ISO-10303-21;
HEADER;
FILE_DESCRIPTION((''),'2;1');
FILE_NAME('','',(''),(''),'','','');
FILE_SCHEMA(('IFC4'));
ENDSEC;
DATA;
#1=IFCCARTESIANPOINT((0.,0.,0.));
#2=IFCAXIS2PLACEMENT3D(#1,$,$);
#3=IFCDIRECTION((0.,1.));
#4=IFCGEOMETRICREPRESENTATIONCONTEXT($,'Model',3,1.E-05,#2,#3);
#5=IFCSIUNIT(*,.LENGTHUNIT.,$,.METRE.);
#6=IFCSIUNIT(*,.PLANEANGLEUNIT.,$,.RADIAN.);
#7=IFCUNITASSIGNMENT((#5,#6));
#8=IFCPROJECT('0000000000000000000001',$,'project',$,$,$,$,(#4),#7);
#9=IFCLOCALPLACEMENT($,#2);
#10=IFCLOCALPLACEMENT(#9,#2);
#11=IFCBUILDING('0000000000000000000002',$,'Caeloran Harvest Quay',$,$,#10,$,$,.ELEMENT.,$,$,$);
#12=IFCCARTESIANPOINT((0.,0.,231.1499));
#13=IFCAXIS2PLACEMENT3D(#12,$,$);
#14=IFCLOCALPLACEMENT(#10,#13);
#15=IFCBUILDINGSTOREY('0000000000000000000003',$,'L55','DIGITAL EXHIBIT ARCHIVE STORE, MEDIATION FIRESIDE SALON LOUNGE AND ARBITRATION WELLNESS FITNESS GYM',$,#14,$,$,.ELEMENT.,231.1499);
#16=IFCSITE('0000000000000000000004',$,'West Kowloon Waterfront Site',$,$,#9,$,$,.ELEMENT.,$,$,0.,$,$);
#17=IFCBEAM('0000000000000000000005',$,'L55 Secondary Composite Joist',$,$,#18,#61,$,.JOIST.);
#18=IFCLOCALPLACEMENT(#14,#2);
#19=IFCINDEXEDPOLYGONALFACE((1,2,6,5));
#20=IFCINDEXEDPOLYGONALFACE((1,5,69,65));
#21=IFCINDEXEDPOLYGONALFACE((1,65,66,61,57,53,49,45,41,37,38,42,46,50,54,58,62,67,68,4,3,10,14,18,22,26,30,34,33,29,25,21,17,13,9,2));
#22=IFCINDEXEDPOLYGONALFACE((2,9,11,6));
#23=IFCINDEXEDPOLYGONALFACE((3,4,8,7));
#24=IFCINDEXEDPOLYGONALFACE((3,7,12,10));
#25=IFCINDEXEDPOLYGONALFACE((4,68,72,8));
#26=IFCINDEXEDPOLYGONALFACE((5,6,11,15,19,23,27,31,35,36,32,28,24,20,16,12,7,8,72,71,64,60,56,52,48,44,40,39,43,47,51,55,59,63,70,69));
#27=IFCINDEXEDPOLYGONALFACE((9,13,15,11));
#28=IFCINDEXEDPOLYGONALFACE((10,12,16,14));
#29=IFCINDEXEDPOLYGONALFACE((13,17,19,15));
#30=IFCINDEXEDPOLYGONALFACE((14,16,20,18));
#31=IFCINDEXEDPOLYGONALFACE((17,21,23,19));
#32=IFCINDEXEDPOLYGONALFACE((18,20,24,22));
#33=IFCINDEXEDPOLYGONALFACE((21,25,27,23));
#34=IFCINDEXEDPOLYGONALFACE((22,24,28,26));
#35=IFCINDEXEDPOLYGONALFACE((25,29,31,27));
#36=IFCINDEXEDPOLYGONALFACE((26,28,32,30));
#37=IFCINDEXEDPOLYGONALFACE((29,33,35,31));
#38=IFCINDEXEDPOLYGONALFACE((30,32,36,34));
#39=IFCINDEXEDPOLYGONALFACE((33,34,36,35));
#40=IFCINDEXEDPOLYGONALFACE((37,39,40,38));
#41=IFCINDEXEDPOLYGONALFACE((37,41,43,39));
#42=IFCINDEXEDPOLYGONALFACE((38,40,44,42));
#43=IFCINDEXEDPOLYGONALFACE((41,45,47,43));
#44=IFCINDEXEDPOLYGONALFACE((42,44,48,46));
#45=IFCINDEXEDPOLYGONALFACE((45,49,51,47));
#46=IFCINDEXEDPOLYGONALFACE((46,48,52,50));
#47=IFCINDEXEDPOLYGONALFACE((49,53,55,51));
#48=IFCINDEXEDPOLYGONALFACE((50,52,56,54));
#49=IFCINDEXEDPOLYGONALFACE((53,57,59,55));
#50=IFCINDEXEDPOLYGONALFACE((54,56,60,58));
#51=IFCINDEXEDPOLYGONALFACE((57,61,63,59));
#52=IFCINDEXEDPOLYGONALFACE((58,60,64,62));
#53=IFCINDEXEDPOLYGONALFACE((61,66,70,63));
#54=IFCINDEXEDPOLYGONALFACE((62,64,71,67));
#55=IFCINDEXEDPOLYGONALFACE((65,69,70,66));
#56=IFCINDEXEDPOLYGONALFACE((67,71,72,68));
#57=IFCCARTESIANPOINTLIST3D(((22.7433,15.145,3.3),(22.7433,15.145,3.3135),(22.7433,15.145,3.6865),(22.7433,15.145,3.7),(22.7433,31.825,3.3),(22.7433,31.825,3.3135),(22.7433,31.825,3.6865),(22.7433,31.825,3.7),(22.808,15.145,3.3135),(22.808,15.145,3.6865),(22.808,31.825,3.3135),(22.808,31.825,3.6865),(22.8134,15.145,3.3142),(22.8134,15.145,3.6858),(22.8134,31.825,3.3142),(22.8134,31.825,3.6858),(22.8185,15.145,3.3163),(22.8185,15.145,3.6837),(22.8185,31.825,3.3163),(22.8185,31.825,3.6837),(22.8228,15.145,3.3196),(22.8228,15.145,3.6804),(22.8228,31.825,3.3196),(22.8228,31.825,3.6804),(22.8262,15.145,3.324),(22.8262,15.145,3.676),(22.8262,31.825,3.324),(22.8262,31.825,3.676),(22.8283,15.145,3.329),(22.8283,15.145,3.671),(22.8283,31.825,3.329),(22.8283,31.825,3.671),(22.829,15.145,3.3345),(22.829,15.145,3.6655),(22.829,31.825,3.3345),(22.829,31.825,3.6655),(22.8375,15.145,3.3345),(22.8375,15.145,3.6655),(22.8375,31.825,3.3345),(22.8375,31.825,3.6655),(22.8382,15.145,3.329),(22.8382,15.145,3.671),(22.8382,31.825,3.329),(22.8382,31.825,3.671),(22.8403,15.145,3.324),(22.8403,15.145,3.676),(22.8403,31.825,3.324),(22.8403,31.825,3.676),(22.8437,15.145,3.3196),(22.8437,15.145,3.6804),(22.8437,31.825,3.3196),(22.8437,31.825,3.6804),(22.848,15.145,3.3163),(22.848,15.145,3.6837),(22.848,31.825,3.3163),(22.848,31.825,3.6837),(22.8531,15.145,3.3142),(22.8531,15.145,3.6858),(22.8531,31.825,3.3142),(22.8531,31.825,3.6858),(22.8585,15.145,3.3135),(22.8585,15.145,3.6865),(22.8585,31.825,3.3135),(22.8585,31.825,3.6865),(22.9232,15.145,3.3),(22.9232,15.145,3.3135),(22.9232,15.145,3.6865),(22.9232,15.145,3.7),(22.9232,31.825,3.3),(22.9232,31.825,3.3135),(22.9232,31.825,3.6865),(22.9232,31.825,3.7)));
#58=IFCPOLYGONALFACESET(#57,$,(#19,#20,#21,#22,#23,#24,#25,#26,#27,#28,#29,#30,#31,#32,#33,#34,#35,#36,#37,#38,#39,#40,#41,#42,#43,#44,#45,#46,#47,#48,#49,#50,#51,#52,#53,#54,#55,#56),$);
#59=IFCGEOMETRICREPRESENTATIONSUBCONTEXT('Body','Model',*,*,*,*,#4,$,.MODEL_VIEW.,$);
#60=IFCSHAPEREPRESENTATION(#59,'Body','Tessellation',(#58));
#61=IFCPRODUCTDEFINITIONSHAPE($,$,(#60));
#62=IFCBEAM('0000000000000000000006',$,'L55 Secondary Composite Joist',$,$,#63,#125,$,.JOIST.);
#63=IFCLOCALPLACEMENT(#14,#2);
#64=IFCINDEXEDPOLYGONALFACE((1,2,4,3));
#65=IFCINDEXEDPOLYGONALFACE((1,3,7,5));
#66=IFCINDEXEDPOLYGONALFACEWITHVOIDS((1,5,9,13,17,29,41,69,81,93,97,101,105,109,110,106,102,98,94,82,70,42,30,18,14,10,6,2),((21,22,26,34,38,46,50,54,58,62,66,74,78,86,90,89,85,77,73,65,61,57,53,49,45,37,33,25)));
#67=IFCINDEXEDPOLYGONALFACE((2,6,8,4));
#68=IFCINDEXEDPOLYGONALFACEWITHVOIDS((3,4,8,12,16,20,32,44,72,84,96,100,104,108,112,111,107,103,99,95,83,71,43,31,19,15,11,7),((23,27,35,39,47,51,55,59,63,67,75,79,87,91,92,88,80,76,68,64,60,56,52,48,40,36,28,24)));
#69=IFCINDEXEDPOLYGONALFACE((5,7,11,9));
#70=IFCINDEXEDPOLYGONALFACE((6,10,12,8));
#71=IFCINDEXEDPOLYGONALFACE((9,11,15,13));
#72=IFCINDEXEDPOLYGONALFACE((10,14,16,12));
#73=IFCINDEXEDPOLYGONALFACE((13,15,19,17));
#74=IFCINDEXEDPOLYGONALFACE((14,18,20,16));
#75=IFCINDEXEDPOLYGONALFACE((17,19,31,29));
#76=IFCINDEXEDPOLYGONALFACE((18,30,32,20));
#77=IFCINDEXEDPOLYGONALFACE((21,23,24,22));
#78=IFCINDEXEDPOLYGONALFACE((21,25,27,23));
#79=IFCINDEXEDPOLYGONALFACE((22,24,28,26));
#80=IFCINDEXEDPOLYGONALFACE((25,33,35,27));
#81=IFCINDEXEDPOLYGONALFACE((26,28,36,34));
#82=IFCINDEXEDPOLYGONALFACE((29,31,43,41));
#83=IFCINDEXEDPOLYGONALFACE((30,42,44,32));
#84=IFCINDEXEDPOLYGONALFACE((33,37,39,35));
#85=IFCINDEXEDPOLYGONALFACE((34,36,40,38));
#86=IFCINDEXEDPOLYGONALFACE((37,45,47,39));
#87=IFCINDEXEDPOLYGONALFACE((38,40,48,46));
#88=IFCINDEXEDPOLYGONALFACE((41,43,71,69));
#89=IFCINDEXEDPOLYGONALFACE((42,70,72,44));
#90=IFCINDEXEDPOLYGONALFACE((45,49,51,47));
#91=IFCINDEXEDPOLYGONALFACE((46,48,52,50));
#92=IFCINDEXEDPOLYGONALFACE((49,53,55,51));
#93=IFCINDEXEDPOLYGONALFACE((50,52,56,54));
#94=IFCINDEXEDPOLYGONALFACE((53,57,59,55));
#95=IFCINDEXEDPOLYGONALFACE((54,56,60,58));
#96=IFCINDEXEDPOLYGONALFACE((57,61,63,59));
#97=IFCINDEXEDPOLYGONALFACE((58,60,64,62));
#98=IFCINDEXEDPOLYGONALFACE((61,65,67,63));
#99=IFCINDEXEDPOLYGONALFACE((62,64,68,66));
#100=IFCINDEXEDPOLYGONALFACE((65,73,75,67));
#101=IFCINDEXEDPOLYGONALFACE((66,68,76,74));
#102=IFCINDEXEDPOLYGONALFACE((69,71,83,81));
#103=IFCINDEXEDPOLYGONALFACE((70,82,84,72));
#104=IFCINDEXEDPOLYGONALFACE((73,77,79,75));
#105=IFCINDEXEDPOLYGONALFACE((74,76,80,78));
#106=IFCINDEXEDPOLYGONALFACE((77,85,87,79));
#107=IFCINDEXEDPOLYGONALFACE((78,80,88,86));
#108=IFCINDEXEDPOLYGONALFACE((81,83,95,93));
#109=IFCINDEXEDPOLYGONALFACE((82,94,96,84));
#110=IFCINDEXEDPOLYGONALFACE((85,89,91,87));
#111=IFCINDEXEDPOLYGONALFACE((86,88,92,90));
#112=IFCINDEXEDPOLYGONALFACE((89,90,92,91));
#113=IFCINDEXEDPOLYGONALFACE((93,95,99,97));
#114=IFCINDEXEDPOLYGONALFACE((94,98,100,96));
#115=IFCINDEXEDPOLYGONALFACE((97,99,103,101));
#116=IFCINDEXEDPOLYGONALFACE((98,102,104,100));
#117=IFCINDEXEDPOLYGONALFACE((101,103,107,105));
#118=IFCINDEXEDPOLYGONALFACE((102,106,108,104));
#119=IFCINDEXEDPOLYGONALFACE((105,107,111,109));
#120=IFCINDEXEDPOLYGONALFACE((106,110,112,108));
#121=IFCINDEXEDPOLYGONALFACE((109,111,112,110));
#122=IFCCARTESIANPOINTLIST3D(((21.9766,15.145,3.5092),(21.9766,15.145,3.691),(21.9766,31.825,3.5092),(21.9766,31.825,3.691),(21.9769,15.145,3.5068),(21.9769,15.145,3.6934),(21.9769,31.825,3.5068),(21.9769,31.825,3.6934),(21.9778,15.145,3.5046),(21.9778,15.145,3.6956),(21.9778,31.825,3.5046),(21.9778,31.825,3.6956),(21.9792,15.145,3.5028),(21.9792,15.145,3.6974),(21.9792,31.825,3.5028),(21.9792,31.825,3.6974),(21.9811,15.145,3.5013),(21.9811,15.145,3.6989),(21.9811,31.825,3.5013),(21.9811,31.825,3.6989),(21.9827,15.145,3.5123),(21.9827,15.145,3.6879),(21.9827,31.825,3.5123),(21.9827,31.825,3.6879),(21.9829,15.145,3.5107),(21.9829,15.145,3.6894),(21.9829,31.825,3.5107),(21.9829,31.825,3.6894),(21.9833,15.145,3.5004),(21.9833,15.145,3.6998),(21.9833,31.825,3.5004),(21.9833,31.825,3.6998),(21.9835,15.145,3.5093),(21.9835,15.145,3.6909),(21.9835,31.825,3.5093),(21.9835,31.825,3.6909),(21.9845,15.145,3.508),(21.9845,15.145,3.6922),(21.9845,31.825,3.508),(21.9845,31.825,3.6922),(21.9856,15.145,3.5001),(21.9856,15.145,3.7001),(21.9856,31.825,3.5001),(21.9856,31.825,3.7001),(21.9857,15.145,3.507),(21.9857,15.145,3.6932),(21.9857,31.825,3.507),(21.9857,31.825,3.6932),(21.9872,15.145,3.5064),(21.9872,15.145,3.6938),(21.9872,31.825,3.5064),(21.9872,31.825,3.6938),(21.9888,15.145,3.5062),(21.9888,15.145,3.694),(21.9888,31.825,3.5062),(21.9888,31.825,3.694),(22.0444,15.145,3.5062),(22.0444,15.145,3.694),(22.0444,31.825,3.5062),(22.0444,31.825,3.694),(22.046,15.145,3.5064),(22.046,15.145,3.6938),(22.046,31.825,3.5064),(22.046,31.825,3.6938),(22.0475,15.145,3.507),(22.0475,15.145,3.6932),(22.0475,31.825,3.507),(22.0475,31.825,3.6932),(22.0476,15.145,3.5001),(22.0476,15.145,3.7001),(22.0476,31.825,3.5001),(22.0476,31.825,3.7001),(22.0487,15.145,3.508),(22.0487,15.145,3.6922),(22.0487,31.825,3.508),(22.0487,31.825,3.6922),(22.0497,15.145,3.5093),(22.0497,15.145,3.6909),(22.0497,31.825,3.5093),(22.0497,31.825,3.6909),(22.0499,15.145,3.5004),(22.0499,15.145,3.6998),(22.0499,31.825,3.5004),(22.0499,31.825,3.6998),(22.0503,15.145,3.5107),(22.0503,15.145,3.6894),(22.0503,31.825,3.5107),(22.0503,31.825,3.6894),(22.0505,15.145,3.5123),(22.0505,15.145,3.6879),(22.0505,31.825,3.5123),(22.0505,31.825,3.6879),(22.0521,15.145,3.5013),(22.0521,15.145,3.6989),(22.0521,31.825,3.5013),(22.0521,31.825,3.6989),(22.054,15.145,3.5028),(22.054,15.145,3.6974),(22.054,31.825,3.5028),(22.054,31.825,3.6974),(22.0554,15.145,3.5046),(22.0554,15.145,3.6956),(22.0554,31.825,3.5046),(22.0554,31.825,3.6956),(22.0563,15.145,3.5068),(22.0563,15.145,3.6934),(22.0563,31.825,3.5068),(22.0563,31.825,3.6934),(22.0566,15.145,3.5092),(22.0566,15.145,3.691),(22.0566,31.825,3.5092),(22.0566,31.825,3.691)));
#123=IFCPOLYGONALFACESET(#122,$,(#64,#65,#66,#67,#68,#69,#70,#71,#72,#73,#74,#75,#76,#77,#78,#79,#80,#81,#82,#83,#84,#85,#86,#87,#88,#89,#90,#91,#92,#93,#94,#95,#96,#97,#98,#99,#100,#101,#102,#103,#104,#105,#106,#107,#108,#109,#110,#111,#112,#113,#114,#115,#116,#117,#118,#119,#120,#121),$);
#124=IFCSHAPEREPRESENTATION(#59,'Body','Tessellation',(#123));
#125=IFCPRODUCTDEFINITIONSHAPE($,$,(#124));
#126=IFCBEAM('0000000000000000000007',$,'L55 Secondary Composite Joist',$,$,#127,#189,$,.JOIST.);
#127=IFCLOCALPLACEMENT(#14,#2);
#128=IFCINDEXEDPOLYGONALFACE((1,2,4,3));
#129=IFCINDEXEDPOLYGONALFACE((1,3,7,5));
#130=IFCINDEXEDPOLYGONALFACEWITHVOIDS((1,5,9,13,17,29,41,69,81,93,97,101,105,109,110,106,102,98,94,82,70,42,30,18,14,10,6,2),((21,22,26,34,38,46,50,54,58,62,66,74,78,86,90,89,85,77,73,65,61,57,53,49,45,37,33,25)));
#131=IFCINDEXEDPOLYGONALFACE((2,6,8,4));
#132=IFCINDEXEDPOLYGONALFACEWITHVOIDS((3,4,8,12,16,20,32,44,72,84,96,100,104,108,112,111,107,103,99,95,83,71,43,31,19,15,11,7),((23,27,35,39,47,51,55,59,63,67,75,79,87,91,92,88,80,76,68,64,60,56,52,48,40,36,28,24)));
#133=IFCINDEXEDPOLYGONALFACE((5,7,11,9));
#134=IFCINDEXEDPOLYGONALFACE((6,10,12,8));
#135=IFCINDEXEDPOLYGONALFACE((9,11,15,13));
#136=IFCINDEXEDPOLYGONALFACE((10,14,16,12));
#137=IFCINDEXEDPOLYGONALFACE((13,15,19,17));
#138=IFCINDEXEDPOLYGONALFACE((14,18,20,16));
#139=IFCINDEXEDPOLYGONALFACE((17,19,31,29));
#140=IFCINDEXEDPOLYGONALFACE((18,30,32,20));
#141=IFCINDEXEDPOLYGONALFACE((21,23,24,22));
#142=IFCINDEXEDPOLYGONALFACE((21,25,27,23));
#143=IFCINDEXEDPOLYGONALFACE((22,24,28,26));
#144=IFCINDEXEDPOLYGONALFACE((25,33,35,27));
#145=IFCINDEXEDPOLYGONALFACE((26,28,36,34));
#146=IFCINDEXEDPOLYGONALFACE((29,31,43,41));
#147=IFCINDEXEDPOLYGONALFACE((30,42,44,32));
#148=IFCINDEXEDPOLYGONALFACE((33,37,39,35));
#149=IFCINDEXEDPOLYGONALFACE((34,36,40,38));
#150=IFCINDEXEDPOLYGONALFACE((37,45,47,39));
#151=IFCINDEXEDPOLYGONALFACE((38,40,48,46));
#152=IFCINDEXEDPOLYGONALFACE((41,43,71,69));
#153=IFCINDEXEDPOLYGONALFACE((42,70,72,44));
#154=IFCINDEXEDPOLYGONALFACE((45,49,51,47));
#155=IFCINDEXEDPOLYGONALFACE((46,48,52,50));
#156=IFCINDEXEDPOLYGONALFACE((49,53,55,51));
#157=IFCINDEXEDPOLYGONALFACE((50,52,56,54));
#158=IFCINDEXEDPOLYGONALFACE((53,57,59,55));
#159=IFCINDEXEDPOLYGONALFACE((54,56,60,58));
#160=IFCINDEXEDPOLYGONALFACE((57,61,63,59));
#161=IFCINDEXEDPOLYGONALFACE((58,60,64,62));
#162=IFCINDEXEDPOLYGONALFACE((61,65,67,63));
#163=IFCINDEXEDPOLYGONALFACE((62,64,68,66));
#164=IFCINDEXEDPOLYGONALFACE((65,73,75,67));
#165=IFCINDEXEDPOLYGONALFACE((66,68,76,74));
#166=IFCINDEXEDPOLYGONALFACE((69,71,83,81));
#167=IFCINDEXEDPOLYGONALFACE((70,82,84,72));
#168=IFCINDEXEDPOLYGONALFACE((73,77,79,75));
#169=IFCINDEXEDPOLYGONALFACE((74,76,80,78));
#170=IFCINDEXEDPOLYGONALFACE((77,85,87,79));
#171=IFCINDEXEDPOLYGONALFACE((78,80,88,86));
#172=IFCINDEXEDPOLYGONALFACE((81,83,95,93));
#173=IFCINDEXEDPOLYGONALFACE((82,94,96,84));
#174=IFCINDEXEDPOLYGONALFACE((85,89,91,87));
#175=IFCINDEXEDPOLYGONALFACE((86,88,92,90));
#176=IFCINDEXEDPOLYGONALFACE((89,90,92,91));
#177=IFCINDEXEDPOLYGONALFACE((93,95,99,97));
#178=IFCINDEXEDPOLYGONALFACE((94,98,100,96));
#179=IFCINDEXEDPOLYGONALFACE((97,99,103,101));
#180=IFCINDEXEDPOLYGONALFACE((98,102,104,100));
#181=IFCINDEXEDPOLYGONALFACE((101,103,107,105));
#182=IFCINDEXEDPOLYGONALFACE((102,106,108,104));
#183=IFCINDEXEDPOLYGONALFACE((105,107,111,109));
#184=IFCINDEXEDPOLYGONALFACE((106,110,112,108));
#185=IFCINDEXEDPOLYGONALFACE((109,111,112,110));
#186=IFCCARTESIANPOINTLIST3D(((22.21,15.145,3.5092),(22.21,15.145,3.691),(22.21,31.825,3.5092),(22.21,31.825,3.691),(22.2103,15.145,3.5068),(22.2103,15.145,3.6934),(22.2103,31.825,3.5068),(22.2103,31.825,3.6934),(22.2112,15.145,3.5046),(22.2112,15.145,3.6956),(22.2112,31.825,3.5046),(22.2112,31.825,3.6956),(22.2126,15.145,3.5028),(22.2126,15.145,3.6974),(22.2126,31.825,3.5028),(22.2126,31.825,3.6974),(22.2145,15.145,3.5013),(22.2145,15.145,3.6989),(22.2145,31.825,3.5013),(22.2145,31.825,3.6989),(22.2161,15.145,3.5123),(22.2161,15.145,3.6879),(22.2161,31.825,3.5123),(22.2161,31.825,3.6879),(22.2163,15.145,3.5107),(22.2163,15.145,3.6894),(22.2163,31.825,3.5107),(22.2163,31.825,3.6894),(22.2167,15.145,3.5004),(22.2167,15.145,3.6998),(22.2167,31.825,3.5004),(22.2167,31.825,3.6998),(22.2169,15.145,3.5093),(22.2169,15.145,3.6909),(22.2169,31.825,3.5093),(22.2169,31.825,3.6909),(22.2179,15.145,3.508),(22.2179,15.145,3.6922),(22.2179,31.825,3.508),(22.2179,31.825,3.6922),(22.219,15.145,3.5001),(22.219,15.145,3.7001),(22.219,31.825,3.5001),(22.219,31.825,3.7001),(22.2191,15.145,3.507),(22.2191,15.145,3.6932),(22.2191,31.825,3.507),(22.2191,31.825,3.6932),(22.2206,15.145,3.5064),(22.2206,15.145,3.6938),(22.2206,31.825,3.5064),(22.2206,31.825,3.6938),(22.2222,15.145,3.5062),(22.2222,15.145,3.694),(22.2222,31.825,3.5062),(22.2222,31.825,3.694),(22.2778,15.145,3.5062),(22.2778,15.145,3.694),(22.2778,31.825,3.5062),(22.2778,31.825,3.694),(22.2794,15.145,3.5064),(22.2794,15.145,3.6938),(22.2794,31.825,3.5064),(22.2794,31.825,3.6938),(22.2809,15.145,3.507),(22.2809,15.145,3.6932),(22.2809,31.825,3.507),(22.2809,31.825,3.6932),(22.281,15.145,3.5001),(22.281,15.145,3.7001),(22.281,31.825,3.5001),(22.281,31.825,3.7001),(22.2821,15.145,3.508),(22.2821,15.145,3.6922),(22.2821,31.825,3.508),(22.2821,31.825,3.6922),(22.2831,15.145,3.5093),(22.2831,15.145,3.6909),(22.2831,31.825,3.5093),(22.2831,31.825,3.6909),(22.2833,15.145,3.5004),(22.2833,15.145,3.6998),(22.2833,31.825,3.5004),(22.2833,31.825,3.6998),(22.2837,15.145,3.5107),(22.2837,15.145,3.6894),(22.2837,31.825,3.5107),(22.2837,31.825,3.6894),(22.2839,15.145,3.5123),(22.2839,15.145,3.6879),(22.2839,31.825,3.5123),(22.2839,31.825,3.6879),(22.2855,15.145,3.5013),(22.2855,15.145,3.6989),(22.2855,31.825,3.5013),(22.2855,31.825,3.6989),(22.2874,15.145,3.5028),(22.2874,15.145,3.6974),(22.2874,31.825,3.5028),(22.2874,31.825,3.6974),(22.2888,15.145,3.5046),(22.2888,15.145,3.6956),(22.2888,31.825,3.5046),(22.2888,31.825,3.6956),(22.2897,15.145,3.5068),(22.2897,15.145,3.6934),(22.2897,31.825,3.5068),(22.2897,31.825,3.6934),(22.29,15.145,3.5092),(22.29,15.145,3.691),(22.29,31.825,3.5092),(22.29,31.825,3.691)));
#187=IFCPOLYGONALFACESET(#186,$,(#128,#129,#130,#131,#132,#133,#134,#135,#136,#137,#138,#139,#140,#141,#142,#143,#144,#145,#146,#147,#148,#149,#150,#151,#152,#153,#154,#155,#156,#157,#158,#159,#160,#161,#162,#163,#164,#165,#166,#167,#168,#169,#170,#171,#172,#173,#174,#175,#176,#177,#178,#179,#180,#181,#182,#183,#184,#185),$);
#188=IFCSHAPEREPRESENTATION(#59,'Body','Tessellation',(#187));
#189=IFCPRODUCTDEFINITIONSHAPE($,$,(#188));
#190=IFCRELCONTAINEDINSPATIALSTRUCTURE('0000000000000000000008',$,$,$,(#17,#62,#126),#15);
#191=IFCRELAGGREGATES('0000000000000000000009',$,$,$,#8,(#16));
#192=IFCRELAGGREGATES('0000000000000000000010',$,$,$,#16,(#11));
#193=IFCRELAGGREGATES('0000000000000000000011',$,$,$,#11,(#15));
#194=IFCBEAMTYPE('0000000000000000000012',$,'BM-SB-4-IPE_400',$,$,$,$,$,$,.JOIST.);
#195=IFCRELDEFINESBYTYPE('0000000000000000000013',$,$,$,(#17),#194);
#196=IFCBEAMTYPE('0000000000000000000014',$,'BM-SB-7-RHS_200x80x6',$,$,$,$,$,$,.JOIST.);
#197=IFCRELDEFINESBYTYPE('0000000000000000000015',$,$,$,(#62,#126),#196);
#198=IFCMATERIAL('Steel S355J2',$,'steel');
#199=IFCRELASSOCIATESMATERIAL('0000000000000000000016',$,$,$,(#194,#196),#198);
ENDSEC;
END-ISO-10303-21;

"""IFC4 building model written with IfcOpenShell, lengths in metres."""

from ifc_helpers import new_model, si_unit, direction, frame, origin, origin_2d, place, context, subcontext, project, spatial, hollow_rectangle, i_section, extrude, material, material_profile, profile_set, type_object, element, save


model = new_model("IFC4")

# Units and contexts
model_context = context("Model", 3, precision=1e-05, world=origin(), true_north=direction((0.0, 1.0)))
body_context = subcontext(model_context, "Body", "Model", "MODEL_VIEW")
ifc_project = project(units=[si_unit("LENGTHUNIT", "METRE"), si_unit("PLANEANGLEUNIT", "RADIAN")], contexts=[model_context])

# Site, building, storey
site_placement = place(None, origin())
site = spatial("IfcSite", under=ifc_project, at=site_placement, Name="West Kowloon Waterfront Site", CompositionType="ELEMENT", RefElevation=0.0)
building_placement = place(site_placement, origin())
building = spatial("IfcBuilding", under=site, at=building_placement, Name="Caeloran Harvest Quay", CompositionType="ELEMENT")
storey_placement = place(building_placement, frame((0.0, 0.0, 231.1499)))
storey = spatial("IfcBuildingStorey", under=building, at=storey_placement, Name="L55", Description="DIGITAL EXHIBIT ARCHIVE STORE, MEDIATION FIRESIDE SALON LOUNGE AND ARBITRATION WELLNESS FITNESS GYM", CompositionType="ELEMENT", Elevation=231.1499)

# Beams
ifc_material_1 = material(Name="Steel S355J2", Category="steel")
ifc_material_profile_1 = material_profile(ifc_material_1, i_section(OverallWidth=0.1799, OverallDepth=0.3999, WebThickness=0.0085, FlangeThickness=0.0134, FilletRadius=0.021, at=origin_2d()), Name="IPE 400")
ifc_profile_set_1 = profile_set([ifc_material_profile_1], Name="Steel S355J2")
beam_type_1 = type_object("IfcBeamType", Name="BM-SB-4-IPE_400", PredefinedType="JOIST", material=ifc_profile_set_1)
for number, where, z_axis, x_axis, name in (
    (1, (22.8333, 15.145, 3.5), (0.0, 1.0, 0.0), (-1.0, 0.0, 0.0), "L55 Secondary Composite Joist"),
):
    element("IfcBeam", number, at=place(storey_placement, frame(where, z_axis=z_axis, x_axis=x_axis)), inside=storey, type_object=beam_type_1, Name=name, PredefinedType="JOIST", context=body_context, shape_type="SweptSolid", body=[
        extrude(i_section(OverallWidth=0.1799, OverallDepth=0.3999, WebThickness=0.0085, FlangeThickness=0.0134, FilletRadius=0.021, at=origin_2d()), origin(), (0.0, 0.0, 1.0), 16.6799),
    ])
ifc_material_profile_2 = material_profile(ifc_material_1, hollow_rectangle(XDim=0.0801, YDim=0.2, WallThickness=0.0061, InnerFilletRadius=0.0061, OuterFilletRadius=0.009, at=origin_2d()), Name="RHS 200x80x6")
ifc_profile_set_2 = profile_set([ifc_material_profile_2], Name="Steel S355J2")
beam_type_2 = type_object("IfcBeamType", Name="BM-SB-7-RHS_200x80x6", PredefinedType="JOIST", material=ifc_profile_set_2)
for number, where, z_axis, x_axis, name in (
    (2, (22.0166, 15.145, 3.6001), (0.0, 1.0, 0.0), (-1.0, 0.0, 0.0), "L55 Secondary Composite Joist"),
    (3, (22.25, 15.145, 3.6001), (0.0, 1.0, 0.0), (-1.0, 0.0, 0.0), "L55 Secondary Composite Joist"),
):
    element("IfcBeam", number, at=place(storey_placement, frame(where, z_axis=z_axis, x_axis=x_axis)), inside=storey, type_object=beam_type_2, Name=name, PredefinedType="JOIST", context=body_context, shape_type="SweptSolid", body=[
        extrude(hollow_rectangle(XDim=0.0801, YDim=0.2, WallThickness=0.0061, InnerFilletRadius=0.0061, OuterFilletRadius=0.009, at=origin_2d()), origin(), (0.0, 0.0, 1.0), 16.6799),
    ])

save(model, "model.ifc")
